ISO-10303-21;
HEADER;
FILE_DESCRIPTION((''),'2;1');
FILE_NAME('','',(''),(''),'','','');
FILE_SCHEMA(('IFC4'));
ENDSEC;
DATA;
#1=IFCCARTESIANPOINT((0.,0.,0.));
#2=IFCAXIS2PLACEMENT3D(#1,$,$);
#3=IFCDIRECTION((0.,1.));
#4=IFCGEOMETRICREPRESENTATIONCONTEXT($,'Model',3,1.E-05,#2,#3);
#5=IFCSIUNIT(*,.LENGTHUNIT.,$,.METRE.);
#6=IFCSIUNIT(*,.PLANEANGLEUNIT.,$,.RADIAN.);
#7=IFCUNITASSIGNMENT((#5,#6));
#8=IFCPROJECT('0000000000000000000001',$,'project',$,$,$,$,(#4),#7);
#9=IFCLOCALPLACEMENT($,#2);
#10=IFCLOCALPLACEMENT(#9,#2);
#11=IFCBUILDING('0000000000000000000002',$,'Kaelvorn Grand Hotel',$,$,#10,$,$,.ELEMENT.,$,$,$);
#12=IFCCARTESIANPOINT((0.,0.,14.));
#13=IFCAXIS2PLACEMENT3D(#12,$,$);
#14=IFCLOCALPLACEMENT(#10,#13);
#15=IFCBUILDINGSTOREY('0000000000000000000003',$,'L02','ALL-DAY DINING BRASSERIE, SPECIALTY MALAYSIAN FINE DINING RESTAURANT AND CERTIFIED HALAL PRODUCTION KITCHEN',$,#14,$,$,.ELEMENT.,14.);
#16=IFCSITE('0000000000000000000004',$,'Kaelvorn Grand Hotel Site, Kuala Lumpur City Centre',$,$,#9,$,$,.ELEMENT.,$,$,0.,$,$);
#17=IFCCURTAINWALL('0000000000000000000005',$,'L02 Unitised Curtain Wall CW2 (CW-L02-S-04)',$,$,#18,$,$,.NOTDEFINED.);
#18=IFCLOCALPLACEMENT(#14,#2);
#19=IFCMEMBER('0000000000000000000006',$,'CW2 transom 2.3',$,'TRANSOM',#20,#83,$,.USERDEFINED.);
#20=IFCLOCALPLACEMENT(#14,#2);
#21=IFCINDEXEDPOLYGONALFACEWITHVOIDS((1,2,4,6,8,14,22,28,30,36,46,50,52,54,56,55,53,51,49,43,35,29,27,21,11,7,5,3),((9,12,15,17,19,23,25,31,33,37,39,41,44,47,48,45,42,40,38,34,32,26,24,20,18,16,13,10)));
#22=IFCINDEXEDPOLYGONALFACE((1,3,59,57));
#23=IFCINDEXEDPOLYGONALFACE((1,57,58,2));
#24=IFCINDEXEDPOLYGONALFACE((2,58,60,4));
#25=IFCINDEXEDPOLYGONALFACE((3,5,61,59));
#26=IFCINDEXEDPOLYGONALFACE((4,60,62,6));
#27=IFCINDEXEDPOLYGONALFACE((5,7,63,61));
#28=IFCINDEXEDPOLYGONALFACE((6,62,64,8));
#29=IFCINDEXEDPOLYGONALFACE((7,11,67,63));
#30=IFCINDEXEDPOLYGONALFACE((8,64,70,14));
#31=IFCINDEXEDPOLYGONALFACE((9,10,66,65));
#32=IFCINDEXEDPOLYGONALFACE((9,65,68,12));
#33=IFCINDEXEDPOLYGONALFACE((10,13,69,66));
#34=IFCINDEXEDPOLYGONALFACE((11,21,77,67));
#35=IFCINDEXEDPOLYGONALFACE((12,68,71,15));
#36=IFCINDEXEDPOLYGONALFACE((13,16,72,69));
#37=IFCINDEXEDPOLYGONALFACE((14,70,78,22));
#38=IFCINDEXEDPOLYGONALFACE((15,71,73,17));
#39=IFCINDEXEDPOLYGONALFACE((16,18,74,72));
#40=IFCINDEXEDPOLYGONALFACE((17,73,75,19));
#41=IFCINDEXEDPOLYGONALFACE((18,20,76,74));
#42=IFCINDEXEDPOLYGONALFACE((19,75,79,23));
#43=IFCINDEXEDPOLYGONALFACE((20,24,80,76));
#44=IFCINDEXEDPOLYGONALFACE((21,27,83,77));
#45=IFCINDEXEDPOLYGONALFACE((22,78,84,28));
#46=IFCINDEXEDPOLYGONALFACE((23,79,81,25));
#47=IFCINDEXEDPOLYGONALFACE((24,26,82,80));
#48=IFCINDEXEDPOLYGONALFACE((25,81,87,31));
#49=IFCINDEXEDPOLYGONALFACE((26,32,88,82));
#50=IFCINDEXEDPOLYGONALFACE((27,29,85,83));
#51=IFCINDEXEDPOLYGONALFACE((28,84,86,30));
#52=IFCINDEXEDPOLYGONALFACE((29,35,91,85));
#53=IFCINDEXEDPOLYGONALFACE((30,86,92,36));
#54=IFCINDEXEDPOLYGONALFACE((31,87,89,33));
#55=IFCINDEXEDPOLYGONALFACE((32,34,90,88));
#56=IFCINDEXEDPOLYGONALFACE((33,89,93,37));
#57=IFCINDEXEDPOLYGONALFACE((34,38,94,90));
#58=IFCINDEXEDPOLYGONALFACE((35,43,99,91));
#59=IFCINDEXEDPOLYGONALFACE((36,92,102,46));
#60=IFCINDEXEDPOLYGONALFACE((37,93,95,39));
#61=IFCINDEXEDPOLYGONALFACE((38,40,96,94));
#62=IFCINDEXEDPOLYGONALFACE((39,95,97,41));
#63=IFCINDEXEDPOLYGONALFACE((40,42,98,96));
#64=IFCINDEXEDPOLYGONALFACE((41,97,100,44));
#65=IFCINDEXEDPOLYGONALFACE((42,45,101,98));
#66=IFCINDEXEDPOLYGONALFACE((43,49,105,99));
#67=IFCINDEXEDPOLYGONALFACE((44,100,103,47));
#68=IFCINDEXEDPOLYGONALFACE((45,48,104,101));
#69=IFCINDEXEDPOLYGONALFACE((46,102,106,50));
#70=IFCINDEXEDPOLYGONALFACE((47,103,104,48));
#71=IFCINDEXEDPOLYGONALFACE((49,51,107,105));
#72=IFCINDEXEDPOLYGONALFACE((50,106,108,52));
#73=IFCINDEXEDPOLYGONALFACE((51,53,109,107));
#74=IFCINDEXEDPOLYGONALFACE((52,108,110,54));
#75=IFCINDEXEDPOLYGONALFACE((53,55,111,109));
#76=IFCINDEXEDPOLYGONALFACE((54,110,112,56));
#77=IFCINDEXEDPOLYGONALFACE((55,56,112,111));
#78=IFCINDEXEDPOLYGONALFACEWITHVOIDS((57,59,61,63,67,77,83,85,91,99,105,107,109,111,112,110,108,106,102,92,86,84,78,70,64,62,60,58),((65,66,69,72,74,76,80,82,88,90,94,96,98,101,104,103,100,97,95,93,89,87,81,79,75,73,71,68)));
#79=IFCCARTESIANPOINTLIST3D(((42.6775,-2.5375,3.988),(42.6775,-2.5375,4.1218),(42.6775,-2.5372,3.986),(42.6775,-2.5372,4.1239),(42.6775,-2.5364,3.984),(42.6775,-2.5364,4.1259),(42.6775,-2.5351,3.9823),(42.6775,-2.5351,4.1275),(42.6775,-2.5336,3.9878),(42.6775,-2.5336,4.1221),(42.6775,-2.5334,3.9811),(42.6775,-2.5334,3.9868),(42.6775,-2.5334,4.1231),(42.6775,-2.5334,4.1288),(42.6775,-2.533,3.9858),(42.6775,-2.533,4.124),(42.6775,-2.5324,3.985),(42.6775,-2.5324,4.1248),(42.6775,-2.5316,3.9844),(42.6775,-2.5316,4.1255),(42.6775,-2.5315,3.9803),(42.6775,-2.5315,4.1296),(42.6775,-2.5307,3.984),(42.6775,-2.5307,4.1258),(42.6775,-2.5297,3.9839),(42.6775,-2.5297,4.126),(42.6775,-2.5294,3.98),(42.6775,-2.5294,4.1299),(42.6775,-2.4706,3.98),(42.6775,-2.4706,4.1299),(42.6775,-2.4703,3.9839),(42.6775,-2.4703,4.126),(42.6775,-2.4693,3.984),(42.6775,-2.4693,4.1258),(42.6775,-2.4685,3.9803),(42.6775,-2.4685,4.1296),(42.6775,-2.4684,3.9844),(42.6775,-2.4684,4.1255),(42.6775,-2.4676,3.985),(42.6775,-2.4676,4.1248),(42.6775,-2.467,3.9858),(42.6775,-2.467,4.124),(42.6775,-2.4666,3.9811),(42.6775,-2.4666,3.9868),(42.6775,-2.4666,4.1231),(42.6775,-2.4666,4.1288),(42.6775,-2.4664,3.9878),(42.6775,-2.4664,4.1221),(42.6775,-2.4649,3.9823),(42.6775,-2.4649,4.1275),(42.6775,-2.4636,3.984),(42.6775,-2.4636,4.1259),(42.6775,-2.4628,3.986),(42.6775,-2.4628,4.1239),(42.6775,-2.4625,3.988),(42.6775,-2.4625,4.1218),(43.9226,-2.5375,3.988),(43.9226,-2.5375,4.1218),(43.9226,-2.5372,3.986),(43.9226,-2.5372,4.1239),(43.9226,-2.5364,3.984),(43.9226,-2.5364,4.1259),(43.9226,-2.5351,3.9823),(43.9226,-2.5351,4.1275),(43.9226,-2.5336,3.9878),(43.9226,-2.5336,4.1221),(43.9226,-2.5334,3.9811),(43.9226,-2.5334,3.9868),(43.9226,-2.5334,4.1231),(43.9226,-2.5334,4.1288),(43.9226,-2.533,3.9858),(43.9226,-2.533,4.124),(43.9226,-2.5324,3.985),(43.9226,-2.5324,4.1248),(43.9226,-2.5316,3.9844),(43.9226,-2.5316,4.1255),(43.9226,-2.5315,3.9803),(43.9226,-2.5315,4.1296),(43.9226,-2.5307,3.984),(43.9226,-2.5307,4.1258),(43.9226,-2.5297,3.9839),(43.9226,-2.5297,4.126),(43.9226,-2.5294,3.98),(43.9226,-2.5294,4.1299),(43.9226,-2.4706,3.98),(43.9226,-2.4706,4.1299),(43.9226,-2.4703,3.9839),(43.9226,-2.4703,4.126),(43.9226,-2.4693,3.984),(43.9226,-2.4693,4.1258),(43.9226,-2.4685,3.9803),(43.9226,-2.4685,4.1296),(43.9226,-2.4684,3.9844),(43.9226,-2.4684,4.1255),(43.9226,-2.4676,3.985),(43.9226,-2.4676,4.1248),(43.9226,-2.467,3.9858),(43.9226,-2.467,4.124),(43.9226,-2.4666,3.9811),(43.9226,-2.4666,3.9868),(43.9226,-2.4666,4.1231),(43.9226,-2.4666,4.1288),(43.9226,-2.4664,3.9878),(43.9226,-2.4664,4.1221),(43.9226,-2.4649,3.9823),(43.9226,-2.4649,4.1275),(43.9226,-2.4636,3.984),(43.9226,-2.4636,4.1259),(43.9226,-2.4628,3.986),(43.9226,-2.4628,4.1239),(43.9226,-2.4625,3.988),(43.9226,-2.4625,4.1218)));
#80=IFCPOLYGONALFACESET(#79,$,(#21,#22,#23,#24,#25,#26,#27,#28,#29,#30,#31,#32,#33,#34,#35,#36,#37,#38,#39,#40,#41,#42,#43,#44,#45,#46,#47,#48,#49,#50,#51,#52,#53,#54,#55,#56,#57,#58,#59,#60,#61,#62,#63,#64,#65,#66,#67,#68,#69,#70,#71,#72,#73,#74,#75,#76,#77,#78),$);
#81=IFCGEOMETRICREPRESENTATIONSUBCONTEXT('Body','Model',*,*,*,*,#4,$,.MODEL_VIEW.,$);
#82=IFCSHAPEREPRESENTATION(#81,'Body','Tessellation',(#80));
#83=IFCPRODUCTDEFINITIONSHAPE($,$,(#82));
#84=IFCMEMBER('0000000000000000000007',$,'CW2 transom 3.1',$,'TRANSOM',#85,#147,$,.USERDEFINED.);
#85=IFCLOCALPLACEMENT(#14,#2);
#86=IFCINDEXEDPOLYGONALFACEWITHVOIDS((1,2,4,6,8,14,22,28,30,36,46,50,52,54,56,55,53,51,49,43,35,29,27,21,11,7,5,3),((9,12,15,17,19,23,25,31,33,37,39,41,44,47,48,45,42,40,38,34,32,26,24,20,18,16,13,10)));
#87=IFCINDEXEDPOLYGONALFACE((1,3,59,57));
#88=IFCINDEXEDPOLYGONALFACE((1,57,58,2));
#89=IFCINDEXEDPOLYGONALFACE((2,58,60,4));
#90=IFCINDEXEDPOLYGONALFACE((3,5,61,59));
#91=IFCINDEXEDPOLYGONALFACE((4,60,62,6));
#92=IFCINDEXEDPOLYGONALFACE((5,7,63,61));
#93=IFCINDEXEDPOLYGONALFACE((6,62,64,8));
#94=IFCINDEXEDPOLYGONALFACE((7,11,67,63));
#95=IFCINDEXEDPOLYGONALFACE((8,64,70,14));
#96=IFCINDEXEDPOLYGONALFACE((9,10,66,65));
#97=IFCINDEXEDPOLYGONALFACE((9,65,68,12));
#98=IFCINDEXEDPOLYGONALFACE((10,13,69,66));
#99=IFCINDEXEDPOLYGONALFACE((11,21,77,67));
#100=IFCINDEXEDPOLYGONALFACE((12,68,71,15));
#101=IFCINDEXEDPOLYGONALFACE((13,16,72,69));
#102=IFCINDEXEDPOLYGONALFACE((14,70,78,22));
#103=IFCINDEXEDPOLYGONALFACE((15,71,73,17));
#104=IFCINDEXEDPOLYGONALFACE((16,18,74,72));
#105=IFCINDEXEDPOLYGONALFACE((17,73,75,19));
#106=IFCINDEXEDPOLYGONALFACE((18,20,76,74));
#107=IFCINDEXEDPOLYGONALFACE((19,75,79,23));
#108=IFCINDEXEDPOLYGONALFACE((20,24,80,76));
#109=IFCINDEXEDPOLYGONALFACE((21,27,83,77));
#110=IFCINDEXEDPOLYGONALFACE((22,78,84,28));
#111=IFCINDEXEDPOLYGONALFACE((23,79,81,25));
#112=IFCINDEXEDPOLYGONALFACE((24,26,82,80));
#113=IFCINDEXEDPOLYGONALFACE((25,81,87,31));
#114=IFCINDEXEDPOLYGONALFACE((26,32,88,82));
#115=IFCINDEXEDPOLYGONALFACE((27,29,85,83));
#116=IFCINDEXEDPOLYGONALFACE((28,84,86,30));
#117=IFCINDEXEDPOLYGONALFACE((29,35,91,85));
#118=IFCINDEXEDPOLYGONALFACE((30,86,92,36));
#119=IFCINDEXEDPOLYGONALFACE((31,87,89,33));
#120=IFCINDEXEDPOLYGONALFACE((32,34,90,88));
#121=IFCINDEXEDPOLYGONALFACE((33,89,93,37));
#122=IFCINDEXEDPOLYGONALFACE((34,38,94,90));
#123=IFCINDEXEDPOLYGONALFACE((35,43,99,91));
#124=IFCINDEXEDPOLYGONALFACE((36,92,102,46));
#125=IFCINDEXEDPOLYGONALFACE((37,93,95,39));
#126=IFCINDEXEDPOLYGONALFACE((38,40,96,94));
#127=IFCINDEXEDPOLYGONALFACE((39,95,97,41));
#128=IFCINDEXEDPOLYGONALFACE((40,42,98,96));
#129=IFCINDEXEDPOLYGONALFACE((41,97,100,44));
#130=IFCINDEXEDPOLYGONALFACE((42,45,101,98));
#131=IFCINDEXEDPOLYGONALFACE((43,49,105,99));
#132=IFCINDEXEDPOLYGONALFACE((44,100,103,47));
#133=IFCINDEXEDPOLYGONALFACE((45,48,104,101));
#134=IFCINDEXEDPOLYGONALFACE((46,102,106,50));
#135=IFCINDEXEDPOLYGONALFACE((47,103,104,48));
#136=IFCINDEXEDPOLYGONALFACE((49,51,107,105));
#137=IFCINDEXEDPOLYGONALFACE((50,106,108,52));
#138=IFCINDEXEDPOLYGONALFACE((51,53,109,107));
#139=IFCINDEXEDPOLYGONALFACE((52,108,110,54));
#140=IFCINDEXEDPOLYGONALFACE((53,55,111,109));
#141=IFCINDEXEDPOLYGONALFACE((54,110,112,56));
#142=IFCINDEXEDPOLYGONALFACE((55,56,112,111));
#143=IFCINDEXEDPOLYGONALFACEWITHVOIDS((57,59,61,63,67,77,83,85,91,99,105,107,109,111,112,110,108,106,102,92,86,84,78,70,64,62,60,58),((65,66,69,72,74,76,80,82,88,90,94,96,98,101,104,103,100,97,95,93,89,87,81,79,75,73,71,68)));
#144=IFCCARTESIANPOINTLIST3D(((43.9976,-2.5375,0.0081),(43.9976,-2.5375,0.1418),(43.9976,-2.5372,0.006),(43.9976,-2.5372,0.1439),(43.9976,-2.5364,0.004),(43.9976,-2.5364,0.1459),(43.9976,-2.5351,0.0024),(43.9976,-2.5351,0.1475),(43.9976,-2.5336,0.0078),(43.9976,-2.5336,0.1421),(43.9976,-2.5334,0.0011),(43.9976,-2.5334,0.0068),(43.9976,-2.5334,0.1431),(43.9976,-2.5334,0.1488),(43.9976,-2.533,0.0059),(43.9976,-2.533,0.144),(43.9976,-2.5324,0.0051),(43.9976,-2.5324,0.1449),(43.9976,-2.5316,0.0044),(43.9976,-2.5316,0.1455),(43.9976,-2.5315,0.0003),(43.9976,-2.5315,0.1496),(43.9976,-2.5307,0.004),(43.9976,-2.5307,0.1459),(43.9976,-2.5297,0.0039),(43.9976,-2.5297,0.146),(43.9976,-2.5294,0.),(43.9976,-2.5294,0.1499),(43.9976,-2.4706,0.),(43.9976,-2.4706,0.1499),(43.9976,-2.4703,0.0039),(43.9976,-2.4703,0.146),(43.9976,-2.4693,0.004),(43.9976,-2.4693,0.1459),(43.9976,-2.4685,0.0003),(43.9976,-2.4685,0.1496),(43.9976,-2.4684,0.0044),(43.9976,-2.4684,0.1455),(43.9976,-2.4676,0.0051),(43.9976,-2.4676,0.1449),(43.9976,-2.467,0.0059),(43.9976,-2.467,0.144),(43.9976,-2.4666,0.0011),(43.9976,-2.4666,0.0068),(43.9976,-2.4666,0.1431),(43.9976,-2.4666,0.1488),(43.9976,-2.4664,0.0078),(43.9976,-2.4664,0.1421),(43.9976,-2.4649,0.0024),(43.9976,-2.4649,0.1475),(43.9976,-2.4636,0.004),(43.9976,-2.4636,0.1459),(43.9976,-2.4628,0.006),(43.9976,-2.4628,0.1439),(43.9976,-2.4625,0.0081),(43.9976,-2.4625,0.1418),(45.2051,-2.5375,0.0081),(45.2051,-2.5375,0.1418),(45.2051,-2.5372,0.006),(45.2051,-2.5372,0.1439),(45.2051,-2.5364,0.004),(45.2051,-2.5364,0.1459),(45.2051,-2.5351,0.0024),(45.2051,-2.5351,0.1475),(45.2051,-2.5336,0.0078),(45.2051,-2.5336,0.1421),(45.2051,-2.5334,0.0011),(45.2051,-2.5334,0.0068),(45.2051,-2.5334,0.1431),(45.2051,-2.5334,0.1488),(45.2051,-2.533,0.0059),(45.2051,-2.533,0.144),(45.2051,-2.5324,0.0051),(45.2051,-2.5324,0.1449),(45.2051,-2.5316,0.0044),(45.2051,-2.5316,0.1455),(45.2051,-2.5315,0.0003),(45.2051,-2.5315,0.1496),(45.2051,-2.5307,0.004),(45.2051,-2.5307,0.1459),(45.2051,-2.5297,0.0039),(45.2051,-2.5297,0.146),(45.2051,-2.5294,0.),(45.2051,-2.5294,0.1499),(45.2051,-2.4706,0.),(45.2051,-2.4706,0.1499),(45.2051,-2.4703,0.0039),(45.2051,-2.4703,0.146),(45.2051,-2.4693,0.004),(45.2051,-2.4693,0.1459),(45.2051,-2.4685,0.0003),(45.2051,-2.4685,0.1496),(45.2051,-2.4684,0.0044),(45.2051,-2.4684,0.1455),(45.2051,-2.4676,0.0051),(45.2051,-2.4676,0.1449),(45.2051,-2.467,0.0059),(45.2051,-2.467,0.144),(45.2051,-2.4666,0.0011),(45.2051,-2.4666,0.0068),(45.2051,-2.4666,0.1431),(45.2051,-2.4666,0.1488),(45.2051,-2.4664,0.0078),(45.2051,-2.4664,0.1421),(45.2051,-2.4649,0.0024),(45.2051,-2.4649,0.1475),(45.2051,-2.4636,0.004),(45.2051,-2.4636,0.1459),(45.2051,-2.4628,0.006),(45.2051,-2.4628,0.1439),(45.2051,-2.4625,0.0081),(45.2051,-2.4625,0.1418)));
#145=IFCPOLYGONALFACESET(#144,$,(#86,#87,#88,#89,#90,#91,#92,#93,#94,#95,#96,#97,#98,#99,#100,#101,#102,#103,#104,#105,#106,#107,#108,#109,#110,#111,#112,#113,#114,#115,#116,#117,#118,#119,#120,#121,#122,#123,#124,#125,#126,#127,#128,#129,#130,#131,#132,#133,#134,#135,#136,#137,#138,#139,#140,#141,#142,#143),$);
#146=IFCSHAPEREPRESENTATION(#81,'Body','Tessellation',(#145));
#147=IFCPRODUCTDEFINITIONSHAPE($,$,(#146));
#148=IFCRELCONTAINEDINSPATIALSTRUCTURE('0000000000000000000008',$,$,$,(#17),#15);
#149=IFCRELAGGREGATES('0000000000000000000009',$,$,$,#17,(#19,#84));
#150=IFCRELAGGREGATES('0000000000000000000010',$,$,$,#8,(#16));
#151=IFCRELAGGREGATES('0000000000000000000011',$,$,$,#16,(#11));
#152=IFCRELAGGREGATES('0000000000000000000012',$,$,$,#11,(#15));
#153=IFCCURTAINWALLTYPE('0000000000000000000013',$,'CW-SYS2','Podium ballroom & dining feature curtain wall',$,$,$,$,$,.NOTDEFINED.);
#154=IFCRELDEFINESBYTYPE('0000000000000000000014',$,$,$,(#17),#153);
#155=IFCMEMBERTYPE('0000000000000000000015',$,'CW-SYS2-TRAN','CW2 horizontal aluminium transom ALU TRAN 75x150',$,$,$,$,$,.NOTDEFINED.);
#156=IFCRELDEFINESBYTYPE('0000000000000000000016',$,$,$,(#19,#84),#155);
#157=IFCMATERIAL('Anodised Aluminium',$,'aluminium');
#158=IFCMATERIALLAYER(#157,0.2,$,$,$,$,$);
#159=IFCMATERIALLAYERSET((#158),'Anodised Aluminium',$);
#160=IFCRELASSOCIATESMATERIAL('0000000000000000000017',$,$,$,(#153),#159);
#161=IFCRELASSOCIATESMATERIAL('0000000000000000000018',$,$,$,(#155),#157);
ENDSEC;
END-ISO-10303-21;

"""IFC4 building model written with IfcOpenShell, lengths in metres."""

from ifc_helpers import new_model, si_unit, direction, frame, origin, origin_2d, place, context, subcontext, project, spatial, hollow_rectangle, extrude, material, layer, layer_set, material_profile, profile_set, type_object, element, aggregate, save


model = new_model("IFC4")

# Units and contexts
model_context = context("Model", 3, precision=1e-05, world=origin(), true_north=direction((0.0, 1.0)))
body_context = subcontext(model_context, "Body", "Model", "MODEL_VIEW")
ifc_project = project(units=[si_unit("LENGTHUNIT", "METRE"), si_unit("PLANEANGLEUNIT", "RADIAN")], contexts=[model_context])

# Site, building, storey
site_placement = place(None, origin())
site = spatial("IfcSite", under=ifc_project, at=site_placement, Name="Kaelvorn Grand Hotel Site, Kuala Lumpur City Centre", CompositionType="ELEMENT", RefElevation=0.0)
building_placement = place(site_placement, origin())
building = spatial("IfcBuilding", under=site, at=building_placement, Name="Kaelvorn Grand Hotel", CompositionType="ELEMENT")
storey_placement = place(building_placement, frame((0.0, 0.0, 14.0)))
storey = spatial("IfcBuildingStorey", under=building, at=storey_placement, Name="L02", Description="ALL-DAY DINING BRASSERIE, SPECIALTY MALAYSIAN FINE DINING RESTAURANT AND CERTIFIED HALAL PRODUCTION KITCHEN", CompositionType="ELEMENT", Elevation=14.0)

# Curtain wall
ifc_material_1 = material(Name="Anodised Aluminium", Category="aluminium")
ifc_layer_1 = layer(ifc_material_1, 0.2)
ifc_layer_set_1 = layer_set([ifc_layer_1], Name="Anodised Aluminium")
curtain_wall_type = type_object("IfcCurtainWallType", Name="CW-SYS2", Description="Podium ballroom & dining feature curtain wall", PredefinedType="NOTDEFINED", material=ifc_layer_set_1)
curtain_wall_1_placement = place(storey_placement, origin())
curtain_wall_1 = element("IfcCurtainWall", 1, at=curtain_wall_1_placement, inside=storey, type_object=curtain_wall_type, Name="L02 Unitised Curtain Wall CW2 (CW-L02-S-04)", PredefinedType="NOTDEFINED")

# Members
ifc_material_profile_1 = material_profile(ifc_material_1, hollow_rectangle(XDim=0.075, YDim=0.1499, WallThickness=0.0039, InnerFilletRadius=0.0039, OuterFilletRadius=0.0081, at=origin_2d()), Name="ALU TRAN 75x150")
ifc_profile_set_1 = profile_set([ifc_material_profile_1], Name="Anodised Aluminium")
member_type_1 = type_object("IfcMemberType", Name="CW-SYS2-TRAN", Description="CW2 horizontal aluminium transom ALU TRAN 75x150", PredefinedType="NOTDEFINED", material=ifc_profile_set_1)
member_1_placement = place(storey_placement, frame((42.6775, -2.5, 4.0549), z_axis=(1.0, 0.0, 0.0), x_axis=(0.0, 1.0, 0.0)))
member_1 = element("IfcMember", 2, at=member_1_placement, type_object=member_type_1, Name="CW2 transom 2.3", ObjectType="TRANSOM", PredefinedType="USERDEFINED", context=body_context, shape_type="SweptSolid", body=[
    extrude(hollow_rectangle(XDim=0.075, YDim=0.1499, WallThickness=0.0039, InnerFilletRadius=0.0039, OuterFilletRadius=0.0081, at=origin_2d()), origin(), (0.0, 0.0, 1.0), 1.2451),
])
member_2_placement = place(storey_placement, frame((43.9976, -2.5, 0.075), z_axis=(1.0, 0.0, 0.0), x_axis=(0.0, 1.0, 0.0)))
member_2 = element("IfcMember", 3, at=member_2_placement, type_object=member_type_1, Name="CW2 transom 3.1", ObjectType="TRANSOM", PredefinedType="USERDEFINED", context=body_context, shape_type="SweptSolid", body=[
    extrude(hollow_rectangle(XDim=0.075, YDim=0.1499, WallThickness=0.0039, InnerFilletRadius=0.0039, OuterFilletRadius=0.0081, at=origin_2d()), origin(), (0.0, 0.0, 1.0), 1.2075),
])

aggregate(curtain_wall_1, [member_1, member_2])

save(model, "model.ifc")
